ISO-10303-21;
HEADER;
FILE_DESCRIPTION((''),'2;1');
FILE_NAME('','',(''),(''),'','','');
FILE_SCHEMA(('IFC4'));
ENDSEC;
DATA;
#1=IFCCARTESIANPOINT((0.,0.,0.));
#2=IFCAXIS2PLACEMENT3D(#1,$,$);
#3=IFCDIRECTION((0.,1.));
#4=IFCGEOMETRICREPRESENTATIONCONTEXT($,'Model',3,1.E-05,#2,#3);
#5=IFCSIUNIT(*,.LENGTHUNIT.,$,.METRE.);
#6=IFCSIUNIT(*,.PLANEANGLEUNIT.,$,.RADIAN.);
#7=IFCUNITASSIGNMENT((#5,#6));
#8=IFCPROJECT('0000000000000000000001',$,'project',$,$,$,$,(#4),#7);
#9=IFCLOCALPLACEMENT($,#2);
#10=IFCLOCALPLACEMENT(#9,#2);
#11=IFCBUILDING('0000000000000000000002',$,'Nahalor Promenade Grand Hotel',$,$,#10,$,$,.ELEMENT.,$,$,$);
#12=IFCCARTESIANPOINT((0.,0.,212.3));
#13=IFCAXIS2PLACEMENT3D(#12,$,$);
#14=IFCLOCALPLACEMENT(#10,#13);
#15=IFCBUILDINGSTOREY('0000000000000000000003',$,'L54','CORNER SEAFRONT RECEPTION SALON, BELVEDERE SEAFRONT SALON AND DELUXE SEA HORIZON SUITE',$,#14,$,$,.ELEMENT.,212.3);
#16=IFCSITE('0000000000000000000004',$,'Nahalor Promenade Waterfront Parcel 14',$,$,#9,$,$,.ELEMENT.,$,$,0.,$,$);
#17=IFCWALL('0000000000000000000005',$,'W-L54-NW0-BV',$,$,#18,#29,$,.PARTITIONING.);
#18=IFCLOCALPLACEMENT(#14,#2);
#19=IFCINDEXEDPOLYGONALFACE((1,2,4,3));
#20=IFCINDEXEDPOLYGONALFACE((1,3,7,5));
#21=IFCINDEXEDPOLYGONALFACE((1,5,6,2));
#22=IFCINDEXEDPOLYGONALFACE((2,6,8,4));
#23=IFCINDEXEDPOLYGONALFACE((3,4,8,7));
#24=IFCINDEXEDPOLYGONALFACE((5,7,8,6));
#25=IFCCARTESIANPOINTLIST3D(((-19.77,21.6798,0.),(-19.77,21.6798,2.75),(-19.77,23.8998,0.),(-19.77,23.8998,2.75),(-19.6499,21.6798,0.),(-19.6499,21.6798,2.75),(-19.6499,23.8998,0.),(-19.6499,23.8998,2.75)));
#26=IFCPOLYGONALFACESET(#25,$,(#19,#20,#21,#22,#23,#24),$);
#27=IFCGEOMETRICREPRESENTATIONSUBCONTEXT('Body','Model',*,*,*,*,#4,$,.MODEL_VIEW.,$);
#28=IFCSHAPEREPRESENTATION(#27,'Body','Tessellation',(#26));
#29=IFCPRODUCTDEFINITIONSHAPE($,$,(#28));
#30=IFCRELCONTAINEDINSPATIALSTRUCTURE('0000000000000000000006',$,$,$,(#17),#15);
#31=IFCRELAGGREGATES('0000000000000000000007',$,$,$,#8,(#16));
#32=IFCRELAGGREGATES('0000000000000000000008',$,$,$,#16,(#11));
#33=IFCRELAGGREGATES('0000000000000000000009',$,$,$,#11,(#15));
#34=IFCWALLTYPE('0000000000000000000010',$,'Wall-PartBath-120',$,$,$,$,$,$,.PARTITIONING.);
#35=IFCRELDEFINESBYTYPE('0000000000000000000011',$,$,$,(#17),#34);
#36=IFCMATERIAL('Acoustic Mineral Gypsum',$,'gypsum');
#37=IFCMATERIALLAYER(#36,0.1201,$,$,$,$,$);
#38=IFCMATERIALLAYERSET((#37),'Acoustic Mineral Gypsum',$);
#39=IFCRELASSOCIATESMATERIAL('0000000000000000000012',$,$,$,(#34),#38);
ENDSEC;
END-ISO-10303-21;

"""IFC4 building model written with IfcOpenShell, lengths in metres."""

from ifc_helpers import new_model, si_unit, direction, frame, frame_2d, origin, place, context, subcontext, project, spatial, rectangle, extrude, source, transform, mapped, material, layer, layer_set, type_object, element, save


model = new_model("IFC4")

# Units and contexts
model_context = context("Model", 3, precision=1e-05, world=origin(), true_north=direction((0.0, 1.0)))
body_context = subcontext(model_context, "Body", "Model", "MODEL_VIEW")
ifc_project = project(units=[si_unit("LENGTHUNIT", "METRE"), si_unit("PLANEANGLEUNIT", "RADIAN")], contexts=[model_context])

# Site, building, storey
site_placement = place(None, origin())
site = spatial("IfcSite", under=ifc_project, at=site_placement, Name="Nahalor Promenade Waterfront Parcel 14", CompositionType="ELEMENT", RefElevation=0.0)
building_placement = place(site_placement, origin())
building = spatial("IfcBuilding", under=site, at=building_placement, Name="Nahalor Promenade Grand Hotel", CompositionType="ELEMENT")
storey_placement = place(building_placement, frame((0.0, 0.0, 212.3)))
storey = spatial("IfcBuildingStorey", under=building, at=storey_placement, Name="L54", Description="CORNER SEAFRONT RECEPTION SALON, BELVEDERE SEAFRONT SALON AND DELUXE SEA HORIZON SUITE", CompositionType="ELEMENT", Elevation=212.3)

# Shared definitions
ifc_material_1 = material(Name="Acoustic Mineral Gypsum", Category="gypsum")
ifc_layer_1 = layer(ifc_material_1, 0.1201)
ifc_layer_set_1 = layer_set([ifc_layer_1], Name="Acoustic Mineral Gypsum")
wall_type_1 = type_object("IfcWallType", Name="Wall-PartBath-120", PredefinedType="PARTITIONING", material=ifc_layer_set_1)

# Wall
shared_shape_1 = source(origin(), body_context, "Body", "SweptSolid", [
    extrude(rectangle(XDim=2.22, YDim=0.1201, at=frame_2d((1.1099, 0.0))), origin(), (0.0, 0.0, 1.0), 2.75),
])
wall_1_placement = place(storey_placement, frame((-19.71, 21.6799, 0.0), z_axis=(0.0, 0.0, 1.0), x_axis=(0.0, 1.0, 0.0)))
element("IfcWall", 1, at=wall_1_placement, inside=storey, type_object=wall_type_1, Name="W-L54-NW0-BV", PredefinedType="PARTITIONING", context=body_context, shape_type="MappedRepresentation", body=[
    mapped(shared_shape_1, transform((0.0, 0.0, 0.0), scale=1.0)),
])

save(model, "model.ifc")
